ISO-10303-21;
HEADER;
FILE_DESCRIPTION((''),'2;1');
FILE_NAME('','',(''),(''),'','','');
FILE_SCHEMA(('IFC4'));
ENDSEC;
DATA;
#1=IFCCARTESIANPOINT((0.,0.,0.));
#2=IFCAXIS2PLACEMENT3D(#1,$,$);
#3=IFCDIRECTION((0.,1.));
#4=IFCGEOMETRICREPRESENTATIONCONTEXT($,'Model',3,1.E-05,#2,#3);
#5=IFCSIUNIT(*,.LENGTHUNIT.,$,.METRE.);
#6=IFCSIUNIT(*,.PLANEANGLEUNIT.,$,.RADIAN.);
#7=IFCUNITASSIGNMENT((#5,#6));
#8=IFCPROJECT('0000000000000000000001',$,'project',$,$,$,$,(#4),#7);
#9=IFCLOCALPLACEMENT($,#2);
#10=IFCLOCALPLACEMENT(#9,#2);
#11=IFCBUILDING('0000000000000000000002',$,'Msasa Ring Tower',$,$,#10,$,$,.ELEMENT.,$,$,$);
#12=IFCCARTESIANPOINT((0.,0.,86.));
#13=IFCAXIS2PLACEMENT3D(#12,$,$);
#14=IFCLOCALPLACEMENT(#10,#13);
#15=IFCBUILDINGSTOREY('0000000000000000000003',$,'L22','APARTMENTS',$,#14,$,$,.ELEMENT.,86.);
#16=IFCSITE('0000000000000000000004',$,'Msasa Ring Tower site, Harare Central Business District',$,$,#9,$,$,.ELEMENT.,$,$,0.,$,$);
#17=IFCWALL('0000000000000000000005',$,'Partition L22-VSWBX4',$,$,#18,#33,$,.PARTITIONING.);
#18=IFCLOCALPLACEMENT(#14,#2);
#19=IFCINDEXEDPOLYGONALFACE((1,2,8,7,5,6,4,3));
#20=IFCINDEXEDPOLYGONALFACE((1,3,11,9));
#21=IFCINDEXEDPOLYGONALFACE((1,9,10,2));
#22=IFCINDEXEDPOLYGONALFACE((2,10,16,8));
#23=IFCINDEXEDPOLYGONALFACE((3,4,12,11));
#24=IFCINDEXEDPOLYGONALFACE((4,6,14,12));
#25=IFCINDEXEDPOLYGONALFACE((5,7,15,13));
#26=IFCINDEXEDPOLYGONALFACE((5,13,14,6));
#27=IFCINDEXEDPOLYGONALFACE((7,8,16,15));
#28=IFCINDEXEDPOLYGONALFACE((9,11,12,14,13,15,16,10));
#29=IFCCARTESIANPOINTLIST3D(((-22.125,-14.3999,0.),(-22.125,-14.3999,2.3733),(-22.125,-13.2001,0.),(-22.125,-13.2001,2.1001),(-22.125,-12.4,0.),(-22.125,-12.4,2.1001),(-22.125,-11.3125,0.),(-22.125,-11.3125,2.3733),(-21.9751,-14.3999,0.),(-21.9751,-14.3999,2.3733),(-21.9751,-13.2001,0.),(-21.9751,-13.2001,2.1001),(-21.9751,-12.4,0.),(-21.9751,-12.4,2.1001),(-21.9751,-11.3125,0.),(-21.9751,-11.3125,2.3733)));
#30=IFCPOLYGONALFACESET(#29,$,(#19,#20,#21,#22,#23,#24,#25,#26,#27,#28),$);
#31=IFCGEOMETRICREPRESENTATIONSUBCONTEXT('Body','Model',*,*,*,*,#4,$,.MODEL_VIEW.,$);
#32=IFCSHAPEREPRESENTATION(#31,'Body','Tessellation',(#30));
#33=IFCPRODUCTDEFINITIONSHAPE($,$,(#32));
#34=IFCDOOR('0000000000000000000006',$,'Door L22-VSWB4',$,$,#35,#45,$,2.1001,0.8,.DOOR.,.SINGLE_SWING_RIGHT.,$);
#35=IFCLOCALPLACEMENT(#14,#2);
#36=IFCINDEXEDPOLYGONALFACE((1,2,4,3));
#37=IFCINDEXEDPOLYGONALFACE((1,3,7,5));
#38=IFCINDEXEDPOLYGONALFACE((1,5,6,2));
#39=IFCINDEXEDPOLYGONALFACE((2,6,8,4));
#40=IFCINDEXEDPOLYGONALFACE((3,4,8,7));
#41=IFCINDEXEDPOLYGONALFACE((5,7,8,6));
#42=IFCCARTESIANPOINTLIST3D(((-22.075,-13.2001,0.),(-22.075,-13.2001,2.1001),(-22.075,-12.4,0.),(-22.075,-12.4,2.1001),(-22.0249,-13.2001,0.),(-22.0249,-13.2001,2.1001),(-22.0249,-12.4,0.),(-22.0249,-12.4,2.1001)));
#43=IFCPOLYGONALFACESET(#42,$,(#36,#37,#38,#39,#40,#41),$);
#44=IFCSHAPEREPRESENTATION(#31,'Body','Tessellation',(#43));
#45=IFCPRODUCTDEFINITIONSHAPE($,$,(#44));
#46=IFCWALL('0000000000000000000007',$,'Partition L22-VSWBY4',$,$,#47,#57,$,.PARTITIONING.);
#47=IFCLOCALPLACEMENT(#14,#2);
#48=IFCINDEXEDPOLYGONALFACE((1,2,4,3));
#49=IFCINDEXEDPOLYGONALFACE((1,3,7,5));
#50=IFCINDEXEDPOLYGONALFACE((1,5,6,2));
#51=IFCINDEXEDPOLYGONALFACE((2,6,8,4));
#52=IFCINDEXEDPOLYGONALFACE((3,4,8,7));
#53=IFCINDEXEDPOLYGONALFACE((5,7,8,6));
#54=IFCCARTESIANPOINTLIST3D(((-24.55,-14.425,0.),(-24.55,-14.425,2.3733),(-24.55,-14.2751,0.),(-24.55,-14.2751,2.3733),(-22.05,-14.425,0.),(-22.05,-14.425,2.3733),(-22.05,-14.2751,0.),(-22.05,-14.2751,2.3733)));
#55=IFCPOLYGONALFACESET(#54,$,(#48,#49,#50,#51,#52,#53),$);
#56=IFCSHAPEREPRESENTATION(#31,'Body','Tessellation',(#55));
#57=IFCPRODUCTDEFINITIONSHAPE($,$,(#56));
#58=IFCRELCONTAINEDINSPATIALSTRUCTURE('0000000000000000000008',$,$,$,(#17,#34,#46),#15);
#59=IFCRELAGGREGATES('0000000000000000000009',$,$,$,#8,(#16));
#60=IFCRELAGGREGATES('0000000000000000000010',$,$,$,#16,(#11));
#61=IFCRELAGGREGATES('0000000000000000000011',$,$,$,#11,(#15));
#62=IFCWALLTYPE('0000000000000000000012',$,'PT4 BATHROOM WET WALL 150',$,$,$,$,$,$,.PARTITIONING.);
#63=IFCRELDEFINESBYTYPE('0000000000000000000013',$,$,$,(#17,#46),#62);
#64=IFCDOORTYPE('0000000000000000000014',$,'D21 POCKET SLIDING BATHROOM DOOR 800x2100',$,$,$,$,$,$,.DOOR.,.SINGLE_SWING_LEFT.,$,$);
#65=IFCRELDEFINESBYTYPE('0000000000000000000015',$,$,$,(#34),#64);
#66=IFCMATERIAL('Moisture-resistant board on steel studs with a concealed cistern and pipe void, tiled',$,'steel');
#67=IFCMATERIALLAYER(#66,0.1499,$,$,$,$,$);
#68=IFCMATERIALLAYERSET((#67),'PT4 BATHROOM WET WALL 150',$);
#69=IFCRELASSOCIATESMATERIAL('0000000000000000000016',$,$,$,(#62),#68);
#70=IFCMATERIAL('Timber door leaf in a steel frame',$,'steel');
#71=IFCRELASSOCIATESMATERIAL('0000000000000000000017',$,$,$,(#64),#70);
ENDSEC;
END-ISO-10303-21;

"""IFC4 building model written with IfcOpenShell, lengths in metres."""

from ifc_helpers import new_model, si_unit, direction, frame, frame_2d, origin, place, context, subcontext, project, spatial, rectangle, extrude, material, layer, layer_set, type_object, element, fill, save


model = new_model("IFC4")

# Units and contexts
model_context = context("Model", 3, precision=1e-05, world=origin(), true_north=direction((0.0, 1.0)))
body_context = subcontext(model_context, "Body", "Model", "MODEL_VIEW")
ifc_project = project(units=[si_unit("LENGTHUNIT", "METRE"), si_unit("PLANEANGLEUNIT", "RADIAN")], contexts=[model_context])

# Site, building, storey
site_placement = place(None, origin())
site = spatial("IfcSite", under=ifc_project, at=site_placement, Name="Msasa Ring Tower site, Harare Central Business District", CompositionType="ELEMENT", RefElevation=0.0)
building_placement = place(site_placement, origin())
building = spatial("IfcBuilding", under=site, at=building_placement, Name="Msasa Ring Tower", CompositionType="ELEMENT")
storey_placement = place(building_placement, frame((0.0, 0.0, 86.0)))
storey = spatial("IfcBuildingStorey", under=building, at=storey_placement, Name="L22", Description="APARTMENTS", CompositionType="ELEMENT", Elevation=86.0)

# Shared definitions
ifc_material_1 = material(Name="Moisture-resistant board on steel studs with a concealed cistern and pipe void, tiled", Category="steel")
ifc_layer_1 = layer(ifc_material_1, 0.1499)
ifc_layer_set_1 = layer_set([ifc_layer_1], Name="PT4 BATHROOM WET WALL 150")
wall_type_1 = type_object("IfcWallType", Name="PT4 BATHROOM WET WALL 150", PredefinedType="PARTITIONING", material=ifc_layer_set_1)
ifc_material_2 = material(Name="Timber door leaf in a steel frame", Category="steel")
door_type_1 = type_object("IfcDoorType", Name="D21 POCKET SLIDING BATHROOM DOOR 800x2100", OperationType="SINGLE_SWING_LEFT", PredefinedType="DOOR", material=ifc_material_2)

# Wall, opening, door
wall_1_placement = place(storey_placement, frame((-22.05, -14.3999, 0.0), z_axis=(0.0, 0.0, 1.0), x_axis=(0.0, 1.0, 0.0)))
wall_1 = element("IfcWall", 1, at=wall_1_placement, inside=storey, type_object=wall_type_1, Name="Partition L22-VSWBX4", PredefinedType="PARTITIONING", context=body_context, shape_type="SweptSolid", body=[
    extrude(rectangle(XDim=3.0874, YDim=0.1499, at=frame_2d((1.5437, 0.0))), origin(), (0.0, 0.0, 1.0), 2.3733),
])
opening_1_placement = place(wall_1_placement, frame((1.2, 0.0, 0.0)))
opening_1 = element("IfcOpeningElement", 2, at=opening_1_placement, cuts=wall_1, PredefinedType="OPENING", context=body_context, shape_type="SweptSolid", body=[
    extrude(rectangle(XDim=0.8, YDim=2.1001, at=frame_2d((0.3999, 1.05))), frame((0.0, 0.085, 0.0), z_axis=(0.0, -1.0, 0.0), x_axis=(1.0, 0.0, 0.0)), (0.0, 0.0, 1.0), 0.1699),
])
door_1_placement = place(opening_1_placement, origin())
door_1 = element("IfcDoor", 3, at=door_1_placement, inside=storey, type_object=door_type_1, Name="Door L22-VSWB4", OperationType="SINGLE_SWING_RIGHT", OverallHeight=2.1001, OverallWidth=0.8, PredefinedType="DOOR", context=body_context, shape_type="SweptSolid", body=[
    extrude(rectangle(XDim=0.8, YDim=2.1001, at=frame_2d((0.3999, 1.05))), frame((0.0, 0.0249, 0.0), z_axis=(0.0, -1.0, 0.0), x_axis=(1.0, 0.0, 0.0)), (0.0, 0.0, 1.0), 0.05),
])
fill(opening_1, door_1)

# Wall
wall_2_placement = place(storey_placement, frame((-24.55, -14.3501, 0.0), z_axis=(0.0, 0.0, 1.0), x_axis=(1.0, 0.0, 0.0)))
element("IfcWall", 4, at=wall_2_placement, inside=storey, type_object=wall_type_1, Name="Partition L22-VSWBY4", PredefinedType="PARTITIONING", context=body_context, shape_type="SweptSolid", body=[
    extrude(rectangle(XDim=2.5, YDim=0.1499, at=frame_2d((1.25, 0.0))), origin(), (0.0, 0.0, 1.0), 2.3733),
])

save(model, "model.ifc")
